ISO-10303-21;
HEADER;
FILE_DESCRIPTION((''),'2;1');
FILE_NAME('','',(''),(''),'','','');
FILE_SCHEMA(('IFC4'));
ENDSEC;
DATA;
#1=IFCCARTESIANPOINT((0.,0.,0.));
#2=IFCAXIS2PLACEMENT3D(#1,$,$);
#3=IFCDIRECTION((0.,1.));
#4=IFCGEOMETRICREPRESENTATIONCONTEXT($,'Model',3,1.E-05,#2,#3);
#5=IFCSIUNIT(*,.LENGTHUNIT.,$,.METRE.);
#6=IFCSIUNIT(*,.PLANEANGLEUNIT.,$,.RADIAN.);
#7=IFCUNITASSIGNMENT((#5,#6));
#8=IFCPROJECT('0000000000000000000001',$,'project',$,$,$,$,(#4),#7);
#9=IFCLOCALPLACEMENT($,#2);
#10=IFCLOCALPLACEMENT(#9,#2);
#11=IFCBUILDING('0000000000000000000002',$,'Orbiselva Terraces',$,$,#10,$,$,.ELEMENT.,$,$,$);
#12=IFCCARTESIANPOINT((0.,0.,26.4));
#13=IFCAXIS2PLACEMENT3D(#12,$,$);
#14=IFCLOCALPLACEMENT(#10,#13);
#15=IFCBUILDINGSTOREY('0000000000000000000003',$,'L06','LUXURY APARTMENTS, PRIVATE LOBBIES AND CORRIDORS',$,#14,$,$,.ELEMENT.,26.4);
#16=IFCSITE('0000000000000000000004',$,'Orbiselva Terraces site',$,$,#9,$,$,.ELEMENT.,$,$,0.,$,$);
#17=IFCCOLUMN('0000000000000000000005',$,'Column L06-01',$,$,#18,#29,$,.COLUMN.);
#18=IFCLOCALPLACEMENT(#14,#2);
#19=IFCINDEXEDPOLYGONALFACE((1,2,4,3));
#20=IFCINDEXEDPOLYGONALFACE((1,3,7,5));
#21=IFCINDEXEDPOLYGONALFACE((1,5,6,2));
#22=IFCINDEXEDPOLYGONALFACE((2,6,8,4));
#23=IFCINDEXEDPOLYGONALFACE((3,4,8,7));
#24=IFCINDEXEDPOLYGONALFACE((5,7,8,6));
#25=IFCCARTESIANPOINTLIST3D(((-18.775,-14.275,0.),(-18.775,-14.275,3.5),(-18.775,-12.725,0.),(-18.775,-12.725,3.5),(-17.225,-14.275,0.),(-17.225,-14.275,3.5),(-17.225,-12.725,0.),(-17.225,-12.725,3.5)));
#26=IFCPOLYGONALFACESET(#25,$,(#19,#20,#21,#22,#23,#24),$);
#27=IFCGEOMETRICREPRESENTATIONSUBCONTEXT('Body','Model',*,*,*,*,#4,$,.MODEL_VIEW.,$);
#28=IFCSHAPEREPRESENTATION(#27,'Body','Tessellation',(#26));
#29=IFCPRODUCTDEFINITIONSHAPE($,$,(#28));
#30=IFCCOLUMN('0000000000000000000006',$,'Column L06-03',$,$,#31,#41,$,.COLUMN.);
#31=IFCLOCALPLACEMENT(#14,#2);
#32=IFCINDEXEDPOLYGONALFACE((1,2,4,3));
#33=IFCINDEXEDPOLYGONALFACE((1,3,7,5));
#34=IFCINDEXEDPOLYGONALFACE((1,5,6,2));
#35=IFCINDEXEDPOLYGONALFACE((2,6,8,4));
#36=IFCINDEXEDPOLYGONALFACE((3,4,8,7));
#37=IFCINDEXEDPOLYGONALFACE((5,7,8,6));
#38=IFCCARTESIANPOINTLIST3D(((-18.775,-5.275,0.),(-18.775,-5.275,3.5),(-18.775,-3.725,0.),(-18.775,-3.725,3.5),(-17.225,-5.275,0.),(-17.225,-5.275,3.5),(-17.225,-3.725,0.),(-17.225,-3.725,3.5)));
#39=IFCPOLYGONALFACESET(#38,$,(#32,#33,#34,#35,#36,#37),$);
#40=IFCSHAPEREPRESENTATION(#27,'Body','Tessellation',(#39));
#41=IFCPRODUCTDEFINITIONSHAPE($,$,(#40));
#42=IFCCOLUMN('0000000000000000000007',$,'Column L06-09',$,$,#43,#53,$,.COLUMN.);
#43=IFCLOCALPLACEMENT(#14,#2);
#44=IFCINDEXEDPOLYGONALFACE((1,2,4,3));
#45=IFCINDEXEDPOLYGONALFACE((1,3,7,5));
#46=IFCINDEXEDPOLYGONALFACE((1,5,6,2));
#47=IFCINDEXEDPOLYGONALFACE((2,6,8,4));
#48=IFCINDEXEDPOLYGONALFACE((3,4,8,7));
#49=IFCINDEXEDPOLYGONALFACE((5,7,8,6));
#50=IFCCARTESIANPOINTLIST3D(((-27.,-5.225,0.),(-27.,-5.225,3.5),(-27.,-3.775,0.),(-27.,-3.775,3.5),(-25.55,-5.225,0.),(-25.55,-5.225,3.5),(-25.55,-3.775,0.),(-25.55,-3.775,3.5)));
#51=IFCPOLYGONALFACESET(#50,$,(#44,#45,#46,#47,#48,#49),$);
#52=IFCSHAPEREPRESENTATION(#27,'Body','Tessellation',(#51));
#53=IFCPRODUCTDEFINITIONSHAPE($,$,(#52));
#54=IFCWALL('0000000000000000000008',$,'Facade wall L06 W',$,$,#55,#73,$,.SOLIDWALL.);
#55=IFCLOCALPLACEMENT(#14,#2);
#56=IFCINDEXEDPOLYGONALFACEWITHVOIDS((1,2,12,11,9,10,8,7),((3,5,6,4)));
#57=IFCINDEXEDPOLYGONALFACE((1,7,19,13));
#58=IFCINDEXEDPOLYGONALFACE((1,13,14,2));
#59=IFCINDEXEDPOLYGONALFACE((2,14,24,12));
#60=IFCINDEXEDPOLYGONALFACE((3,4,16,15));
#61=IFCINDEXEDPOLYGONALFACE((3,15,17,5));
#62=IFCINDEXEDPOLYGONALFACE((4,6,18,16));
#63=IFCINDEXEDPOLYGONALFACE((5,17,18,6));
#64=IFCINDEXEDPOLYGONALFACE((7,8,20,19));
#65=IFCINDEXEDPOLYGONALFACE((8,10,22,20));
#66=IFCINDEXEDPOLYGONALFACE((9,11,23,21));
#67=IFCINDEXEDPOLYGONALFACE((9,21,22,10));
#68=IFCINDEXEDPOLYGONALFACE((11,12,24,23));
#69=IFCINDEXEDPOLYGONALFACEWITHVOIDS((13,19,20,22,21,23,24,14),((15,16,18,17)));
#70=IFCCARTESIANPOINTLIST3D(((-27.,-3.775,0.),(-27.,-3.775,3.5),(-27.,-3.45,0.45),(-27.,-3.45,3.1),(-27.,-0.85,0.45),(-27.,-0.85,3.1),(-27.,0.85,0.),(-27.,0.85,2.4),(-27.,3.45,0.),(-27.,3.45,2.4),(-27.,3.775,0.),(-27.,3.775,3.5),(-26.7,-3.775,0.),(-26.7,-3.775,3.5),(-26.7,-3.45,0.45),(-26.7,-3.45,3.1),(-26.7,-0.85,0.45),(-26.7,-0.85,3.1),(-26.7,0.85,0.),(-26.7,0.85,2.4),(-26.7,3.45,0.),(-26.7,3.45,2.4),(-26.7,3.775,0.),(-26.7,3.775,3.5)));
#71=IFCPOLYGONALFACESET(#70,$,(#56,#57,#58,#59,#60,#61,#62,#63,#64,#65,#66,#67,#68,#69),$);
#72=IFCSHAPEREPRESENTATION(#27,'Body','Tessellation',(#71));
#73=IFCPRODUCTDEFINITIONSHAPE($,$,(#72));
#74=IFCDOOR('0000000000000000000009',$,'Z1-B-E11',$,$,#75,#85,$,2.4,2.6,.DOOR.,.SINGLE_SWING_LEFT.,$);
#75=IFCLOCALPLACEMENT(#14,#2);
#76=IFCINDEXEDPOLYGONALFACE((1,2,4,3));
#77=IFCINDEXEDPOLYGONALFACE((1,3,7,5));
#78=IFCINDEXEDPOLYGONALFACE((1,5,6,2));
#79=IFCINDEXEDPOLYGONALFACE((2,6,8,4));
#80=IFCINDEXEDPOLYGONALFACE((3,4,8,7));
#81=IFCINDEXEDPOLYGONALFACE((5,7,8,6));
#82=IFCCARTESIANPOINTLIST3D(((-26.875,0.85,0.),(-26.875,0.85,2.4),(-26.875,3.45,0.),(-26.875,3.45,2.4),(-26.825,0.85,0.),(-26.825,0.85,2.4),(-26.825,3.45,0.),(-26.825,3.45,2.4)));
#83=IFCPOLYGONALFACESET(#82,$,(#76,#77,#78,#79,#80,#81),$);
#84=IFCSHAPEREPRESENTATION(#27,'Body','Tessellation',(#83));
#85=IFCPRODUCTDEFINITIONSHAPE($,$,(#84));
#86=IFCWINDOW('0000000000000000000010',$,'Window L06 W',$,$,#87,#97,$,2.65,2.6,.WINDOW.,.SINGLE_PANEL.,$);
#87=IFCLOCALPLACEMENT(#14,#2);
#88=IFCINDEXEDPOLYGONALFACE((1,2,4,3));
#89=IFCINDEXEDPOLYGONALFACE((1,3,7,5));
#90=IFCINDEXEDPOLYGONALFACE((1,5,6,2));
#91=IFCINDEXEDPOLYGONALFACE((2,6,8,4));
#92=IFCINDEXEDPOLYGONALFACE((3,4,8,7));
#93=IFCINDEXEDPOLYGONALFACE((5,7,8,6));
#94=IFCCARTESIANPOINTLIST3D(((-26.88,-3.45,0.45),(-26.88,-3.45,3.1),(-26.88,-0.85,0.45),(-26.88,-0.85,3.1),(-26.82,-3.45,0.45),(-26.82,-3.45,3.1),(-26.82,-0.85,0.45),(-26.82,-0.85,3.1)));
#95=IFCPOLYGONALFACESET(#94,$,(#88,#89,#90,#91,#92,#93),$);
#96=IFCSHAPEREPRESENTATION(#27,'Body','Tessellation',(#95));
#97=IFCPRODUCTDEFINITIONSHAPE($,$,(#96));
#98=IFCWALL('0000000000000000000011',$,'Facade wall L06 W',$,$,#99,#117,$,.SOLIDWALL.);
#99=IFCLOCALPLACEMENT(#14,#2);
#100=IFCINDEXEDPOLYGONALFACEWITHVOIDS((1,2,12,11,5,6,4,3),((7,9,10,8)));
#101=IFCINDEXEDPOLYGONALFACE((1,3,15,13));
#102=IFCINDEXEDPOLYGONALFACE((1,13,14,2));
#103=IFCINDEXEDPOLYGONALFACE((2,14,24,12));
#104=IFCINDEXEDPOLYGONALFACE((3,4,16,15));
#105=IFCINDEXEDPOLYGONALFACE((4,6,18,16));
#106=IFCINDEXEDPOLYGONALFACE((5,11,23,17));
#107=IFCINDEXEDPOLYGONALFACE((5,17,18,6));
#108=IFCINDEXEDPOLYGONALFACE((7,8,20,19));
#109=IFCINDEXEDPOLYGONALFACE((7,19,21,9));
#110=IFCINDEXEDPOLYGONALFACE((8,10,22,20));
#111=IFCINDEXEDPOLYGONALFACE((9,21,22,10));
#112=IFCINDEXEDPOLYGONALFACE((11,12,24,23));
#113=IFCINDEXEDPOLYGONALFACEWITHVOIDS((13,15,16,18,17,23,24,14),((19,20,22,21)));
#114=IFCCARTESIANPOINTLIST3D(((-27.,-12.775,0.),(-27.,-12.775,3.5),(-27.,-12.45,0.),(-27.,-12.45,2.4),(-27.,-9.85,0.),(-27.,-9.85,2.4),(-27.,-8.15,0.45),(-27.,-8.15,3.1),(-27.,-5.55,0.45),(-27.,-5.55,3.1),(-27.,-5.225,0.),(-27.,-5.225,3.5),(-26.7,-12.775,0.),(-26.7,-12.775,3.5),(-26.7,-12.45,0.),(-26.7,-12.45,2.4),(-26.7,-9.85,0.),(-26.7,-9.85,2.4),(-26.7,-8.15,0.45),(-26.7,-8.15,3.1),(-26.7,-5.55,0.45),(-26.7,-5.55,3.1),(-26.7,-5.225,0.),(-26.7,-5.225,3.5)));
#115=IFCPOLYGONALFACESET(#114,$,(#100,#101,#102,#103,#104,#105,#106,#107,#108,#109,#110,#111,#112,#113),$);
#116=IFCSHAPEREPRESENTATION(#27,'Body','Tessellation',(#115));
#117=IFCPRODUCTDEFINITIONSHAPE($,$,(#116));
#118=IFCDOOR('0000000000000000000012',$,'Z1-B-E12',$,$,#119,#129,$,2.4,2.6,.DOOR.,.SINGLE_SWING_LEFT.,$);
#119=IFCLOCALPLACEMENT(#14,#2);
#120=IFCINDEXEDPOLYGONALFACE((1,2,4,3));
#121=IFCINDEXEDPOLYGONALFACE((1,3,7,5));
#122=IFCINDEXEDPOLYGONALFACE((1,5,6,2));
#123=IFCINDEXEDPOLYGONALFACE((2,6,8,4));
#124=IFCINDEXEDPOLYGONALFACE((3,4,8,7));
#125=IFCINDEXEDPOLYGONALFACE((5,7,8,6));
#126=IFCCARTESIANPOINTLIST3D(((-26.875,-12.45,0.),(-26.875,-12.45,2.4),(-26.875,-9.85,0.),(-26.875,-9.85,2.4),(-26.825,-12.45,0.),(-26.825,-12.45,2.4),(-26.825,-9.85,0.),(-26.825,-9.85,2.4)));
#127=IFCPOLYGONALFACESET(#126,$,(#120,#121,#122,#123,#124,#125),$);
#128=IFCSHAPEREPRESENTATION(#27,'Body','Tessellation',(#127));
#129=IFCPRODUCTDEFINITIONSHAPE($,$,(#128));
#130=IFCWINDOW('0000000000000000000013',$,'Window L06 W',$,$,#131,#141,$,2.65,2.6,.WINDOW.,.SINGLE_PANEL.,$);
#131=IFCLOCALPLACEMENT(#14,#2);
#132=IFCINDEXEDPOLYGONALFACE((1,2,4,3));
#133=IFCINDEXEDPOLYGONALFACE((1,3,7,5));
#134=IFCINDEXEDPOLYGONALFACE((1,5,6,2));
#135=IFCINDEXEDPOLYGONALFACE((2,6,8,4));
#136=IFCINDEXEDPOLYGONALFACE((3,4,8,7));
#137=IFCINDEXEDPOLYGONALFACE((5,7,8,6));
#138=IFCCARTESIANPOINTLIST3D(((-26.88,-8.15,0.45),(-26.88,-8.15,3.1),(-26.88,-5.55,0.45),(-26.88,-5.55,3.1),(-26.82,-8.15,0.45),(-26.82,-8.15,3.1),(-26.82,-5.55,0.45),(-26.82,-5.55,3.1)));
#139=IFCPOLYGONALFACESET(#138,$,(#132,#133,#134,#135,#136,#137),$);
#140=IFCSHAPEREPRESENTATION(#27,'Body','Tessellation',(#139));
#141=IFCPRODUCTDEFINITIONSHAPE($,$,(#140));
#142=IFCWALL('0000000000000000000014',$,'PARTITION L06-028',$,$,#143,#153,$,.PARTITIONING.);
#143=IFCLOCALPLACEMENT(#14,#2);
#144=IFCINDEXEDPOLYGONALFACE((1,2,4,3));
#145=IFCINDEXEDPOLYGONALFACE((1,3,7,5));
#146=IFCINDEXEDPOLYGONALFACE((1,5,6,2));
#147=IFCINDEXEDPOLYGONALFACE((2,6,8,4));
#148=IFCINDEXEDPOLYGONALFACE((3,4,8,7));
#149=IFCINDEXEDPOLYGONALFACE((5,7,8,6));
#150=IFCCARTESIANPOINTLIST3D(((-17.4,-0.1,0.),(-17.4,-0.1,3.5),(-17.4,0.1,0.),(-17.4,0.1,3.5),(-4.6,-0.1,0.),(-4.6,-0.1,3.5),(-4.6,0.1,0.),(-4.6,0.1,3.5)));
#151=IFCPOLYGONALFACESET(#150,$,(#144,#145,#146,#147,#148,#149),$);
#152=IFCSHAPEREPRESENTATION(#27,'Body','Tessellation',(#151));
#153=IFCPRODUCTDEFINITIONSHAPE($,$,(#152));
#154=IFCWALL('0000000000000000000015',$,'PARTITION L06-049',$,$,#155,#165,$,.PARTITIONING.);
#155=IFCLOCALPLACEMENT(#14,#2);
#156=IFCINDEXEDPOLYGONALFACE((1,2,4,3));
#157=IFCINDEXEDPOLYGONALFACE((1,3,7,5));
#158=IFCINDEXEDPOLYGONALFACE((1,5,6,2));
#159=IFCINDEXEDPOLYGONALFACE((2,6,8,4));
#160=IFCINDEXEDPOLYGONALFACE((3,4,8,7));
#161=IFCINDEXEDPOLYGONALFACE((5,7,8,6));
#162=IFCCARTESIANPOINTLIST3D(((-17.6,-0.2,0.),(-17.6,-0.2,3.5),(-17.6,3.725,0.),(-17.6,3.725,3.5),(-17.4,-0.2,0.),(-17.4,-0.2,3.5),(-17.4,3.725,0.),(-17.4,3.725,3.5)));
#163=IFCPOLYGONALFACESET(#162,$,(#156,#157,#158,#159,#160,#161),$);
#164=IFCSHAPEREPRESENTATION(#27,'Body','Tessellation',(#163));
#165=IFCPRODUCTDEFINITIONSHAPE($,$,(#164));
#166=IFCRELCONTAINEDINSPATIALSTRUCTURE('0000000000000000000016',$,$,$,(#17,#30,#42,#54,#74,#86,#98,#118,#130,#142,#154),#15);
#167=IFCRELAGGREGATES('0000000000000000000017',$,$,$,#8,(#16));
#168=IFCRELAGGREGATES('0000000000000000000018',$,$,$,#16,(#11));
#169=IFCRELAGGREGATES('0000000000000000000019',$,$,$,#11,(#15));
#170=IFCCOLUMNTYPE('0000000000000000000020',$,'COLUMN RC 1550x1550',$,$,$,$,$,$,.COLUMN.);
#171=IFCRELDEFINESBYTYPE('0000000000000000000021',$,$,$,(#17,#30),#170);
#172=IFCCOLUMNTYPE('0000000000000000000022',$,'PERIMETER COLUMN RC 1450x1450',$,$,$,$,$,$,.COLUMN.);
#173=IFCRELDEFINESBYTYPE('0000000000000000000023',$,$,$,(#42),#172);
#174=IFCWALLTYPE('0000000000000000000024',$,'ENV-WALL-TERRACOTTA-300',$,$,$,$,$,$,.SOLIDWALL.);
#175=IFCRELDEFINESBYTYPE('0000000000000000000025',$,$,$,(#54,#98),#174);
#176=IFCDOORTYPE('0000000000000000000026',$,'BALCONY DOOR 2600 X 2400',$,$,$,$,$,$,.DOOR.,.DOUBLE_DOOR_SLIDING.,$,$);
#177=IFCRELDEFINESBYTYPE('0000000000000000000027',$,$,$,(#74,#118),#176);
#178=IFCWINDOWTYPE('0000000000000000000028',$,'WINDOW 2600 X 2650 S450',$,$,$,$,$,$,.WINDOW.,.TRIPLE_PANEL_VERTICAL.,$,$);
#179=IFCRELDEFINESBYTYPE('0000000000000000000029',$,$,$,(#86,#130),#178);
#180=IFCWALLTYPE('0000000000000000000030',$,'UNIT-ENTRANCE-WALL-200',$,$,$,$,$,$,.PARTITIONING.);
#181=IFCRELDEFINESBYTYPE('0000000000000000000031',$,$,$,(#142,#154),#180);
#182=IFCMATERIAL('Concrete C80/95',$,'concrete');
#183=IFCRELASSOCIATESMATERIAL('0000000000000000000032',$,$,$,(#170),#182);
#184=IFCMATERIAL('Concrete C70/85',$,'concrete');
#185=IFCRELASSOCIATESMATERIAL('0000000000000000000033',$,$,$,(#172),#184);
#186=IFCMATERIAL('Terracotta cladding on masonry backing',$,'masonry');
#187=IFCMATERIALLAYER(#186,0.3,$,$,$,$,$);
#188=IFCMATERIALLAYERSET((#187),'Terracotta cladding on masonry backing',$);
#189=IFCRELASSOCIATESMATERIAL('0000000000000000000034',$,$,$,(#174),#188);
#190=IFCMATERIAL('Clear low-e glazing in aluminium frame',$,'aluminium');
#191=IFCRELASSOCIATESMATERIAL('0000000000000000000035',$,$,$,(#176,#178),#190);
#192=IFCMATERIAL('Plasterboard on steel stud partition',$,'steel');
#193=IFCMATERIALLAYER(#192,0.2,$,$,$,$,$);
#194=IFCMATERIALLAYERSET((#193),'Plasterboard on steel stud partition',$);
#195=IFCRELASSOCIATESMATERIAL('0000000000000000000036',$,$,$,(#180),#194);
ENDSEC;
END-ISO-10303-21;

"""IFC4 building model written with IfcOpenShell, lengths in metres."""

from ifc_helpers import new_model, si_unit, direction, frame, frame_2d, origin, origin_2d, place, context, subcontext, project, spatial, rectangle, extrude, material, layer, layer_set, material_profile, profile_set, type_object, element, fill, save


model = new_model("IFC4")

# Units and contexts
model_context = context("Model", 3, precision=1e-05, world=origin(), true_north=direction((0.0, 1.0)))
body_context = subcontext(model_context, "Body", "Model", "MODEL_VIEW")
ifc_project = project(units=[si_unit("LENGTHUNIT", "METRE"), si_unit("PLANEANGLEUNIT", "RADIAN")], contexts=[model_context])

# Site, building, storey
site_placement = place(None, origin())
site = spatial("IfcSite", under=ifc_project, at=site_placement, Name="Orbiselva Terraces site", CompositionType="ELEMENT", RefElevation=0.0)
building_placement = place(site_placement, origin())
building = spatial("IfcBuilding", under=site, at=building_placement, Name="Orbiselva Terraces", CompositionType="ELEMENT")
storey_placement = place(building_placement, frame((0.0, 0.0, 26.4)))
storey = spatial("IfcBuildingStorey", under=building, at=storey_placement, Name="L06", Description="LUXURY APARTMENTS, PRIVATE LOBBIES AND CORRIDORS", CompositionType="ELEMENT", Elevation=26.4)

# Columns
ifc_material_1 = material(Name="Concrete C80/95", Category="concrete")
ifc_material_profile_1 = material_profile(ifc_material_1, rectangle(XDim=1.55, YDim=1.55, at=origin_2d()), Name="RC 1550x1550")
ifc_profile_set_1 = profile_set([ifc_material_profile_1], Name="Concrete C80/95")
column_type_1 = type_object("IfcColumnType", Name="COLUMN RC 1550x1550", PredefinedType="COLUMN", material=ifc_profile_set_1)
for number, where, z_axis, x_axis, name in (
    (1, (-18.0, -13.5, 0.0), (0.0, 0.0, 1.0), (1.0, 0.0, 0.0), "Column L06-01"),
    (2, (-18.0, -4.5, 0.0), (0.0, 0.0, 1.0), (1.0, 0.0, 0.0), "Column L06-03"),
):
    element("IfcColumn", number, at=place(storey_placement, frame(where, z_axis=z_axis, x_axis=x_axis)), inside=storey, type_object=column_type_1, Name=name, PredefinedType="COLUMN", context=body_context, shape_type="SweptSolid", body=[
        extrude(rectangle(XDim=1.55, YDim=1.55, at=origin_2d()), origin(), (0.0, 0.0, 1.0), 3.5),
    ])
ifc_material_2 = material(Name="Concrete C70/85", Category="concrete")
ifc_material_profile_2 = material_profile(ifc_material_2, rectangle(XDim=1.45, YDim=1.45, at=origin_2d()), Name="RC 1450x1450")
ifc_profile_set_2 = profile_set([ifc_material_profile_2], Name="Concrete C70/85")
column_type_2 = type_object("IfcColumnType", Name="PERIMETER COLUMN RC 1450x1450", PredefinedType="COLUMN", material=ifc_profile_set_2)
column_placement = place(storey_placement, frame((-26.275, -4.5, 0.0), z_axis=(0.0, 0.0, 1.0), x_axis=(1.0, 0.0, 0.0)))
element("IfcColumn", 3, at=column_placement, inside=storey, type_object=column_type_2, Name="Column L06-09", PredefinedType="COLUMN", context=body_context, shape_type="SweptSolid", body=[
    extrude(rectangle(XDim=1.45, YDim=1.45, at=origin_2d()), origin(), (0.0, 0.0, 1.0), 3.5),
])

# Walls, openings, doors, windows
ifc_material_3 = material(Name="Terracotta cladding on masonry backing", Category="masonry")
ifc_layer_1 = layer(ifc_material_3, 0.3)
ifc_layer_set_1 = layer_set([ifc_layer_1], Name="Terracotta cladding on masonry backing")
wall_type_1 = type_object("IfcWallType", Name="ENV-WALL-TERRACOTTA-300", PredefinedType="SOLIDWALL", material=ifc_layer_set_1)
wall_1_placement = place(storey_placement, frame((-26.85, -3.775, 0.0), z_axis=(0.0, 0.0, 1.0), x_axis=(0.0, 1.0, 0.0)))
wall_1 = element("IfcWall", 4, at=wall_1_placement, inside=storey, type_object=wall_type_1, Name="Facade wall L06 W", PredefinedType="SOLIDWALL", context=body_context, shape_type="SweptSolid", body=[
    extrude(rectangle(XDim=7.55, YDim=0.3, at=frame_2d((3.775, 0.0))), origin(), (0.0, 0.0, 1.0), 3.5),
])
opening_1_placement = place(wall_1_placement, frame((4.625, 0.0, 0.0)))
opening_1 = element("IfcOpeningElement", 5, at=opening_1_placement, cuts=wall_1, PredefinedType="OPENING", context=body_context, shape_type="SweptSolid", body=[
    extrude(rectangle(XDim=2.6, YDim=2.4, at=frame_2d((1.3, 1.2))), frame((0.0, 0.16, 0.0), z_axis=(0.0, -1.0, 0.0), x_axis=(1.0, 0.0, 0.0)), (0.0, 0.0, 1.0), 0.32),
])
opening_2_placement = place(wall_1_placement, frame((0.325, 0.0, 0.45)))
opening_2 = element("IfcOpeningElement", 6, at=opening_2_placement, cuts=wall_1, PredefinedType="OPENING", context=body_context, shape_type="SweptSolid", body=[
    extrude(rectangle(XDim=2.6, YDim=2.65, at=frame_2d((1.3, 1.325))), frame((0.0, 0.16, 0.0), z_axis=(0.0, -1.0, 0.0), x_axis=(1.0, 0.0, 0.0)), (0.0, 0.0, 1.0), 0.32),
])
ifc_material_4 = material(Name="Clear low-e glazing in aluminium frame", Category="aluminium")
door_type_1 = type_object("IfcDoorType", Name="BALCONY DOOR 2600 X 2400", OperationType="DOUBLE_DOOR_SLIDING", PredefinedType="DOOR", material=ifc_material_4)
door_1_placement = place(opening_1_placement, origin())
door_1 = element("IfcDoor", 7, at=door_1_placement, inside=storey, type_object=door_type_1, Name="Z1-B-E11", OperationType="SINGLE_SWING_LEFT", OverallHeight=2.4, OverallWidth=2.6, PredefinedType="DOOR", context=body_context, shape_type="SweptSolid", body=[
    extrude(rectangle(XDim=2.6, YDim=2.4, at=frame_2d((1.3, 1.2))), frame((0.0, 0.025, 0.0), z_axis=(0.0, -1.0, 0.0), x_axis=(1.0, 0.0, 0.0)), (0.0, 0.0, 1.0), 0.05),
])
fill(opening_1, door_1)
window_type = type_object("IfcWindowType", Name="WINDOW 2600 X 2650 S450", PartitioningType="TRIPLE_PANEL_VERTICAL", PredefinedType="WINDOW", material=ifc_material_4)
window_1_placement = place(opening_2_placement, origin())
window_1 = element("IfcWindow", 8, at=window_1_placement, inside=storey, type_object=window_type, Name="Window L06 W", OverallHeight=2.65, OverallWidth=2.6, PartitioningType="SINGLE_PANEL", PredefinedType="WINDOW", context=body_context, shape_type="SweptSolid", body=[
    extrude(rectangle(XDim=2.6, YDim=2.65, at=frame_2d((1.3, 1.325))), frame((0.0, 0.03, 0.0), z_axis=(0.0, -1.0, 0.0), x_axis=(1.0, 0.0, 0.0)), (0.0, 0.0, 1.0), 0.06),
])
fill(opening_2, window_1)
wall_2_placement = place(storey_placement, frame((-26.85, -12.775, 0.0), z_axis=(0.0, 0.0, 1.0), x_axis=(0.0, 1.0, 0.0)))
wall_2 = element("IfcWall", 9, at=wall_2_placement, inside=storey, type_object=wall_type_1, Name="Facade wall L06 W", PredefinedType="SOLIDWALL", context=body_context, shape_type="SweptSolid", body=[
    extrude(rectangle(XDim=7.55, YDim=0.3, at=frame_2d((3.775, 0.0))), origin(), (0.0, 0.0, 1.0), 3.5),
])
opening_3_placement = place(wall_2_placement, frame((4.625, 0.0, 0.45)))
opening_3 = element("IfcOpeningElement", 10, at=opening_3_placement, cuts=wall_2, PredefinedType="OPENING", context=body_context, shape_type="SweptSolid", body=[
    extrude(rectangle(XDim=2.6, YDim=2.65, at=frame_2d((1.3, 1.325))), frame((0.0, 0.16, 0.0), z_axis=(0.0, -1.0, 0.0), x_axis=(1.0, 0.0, 0.0)), (0.0, 0.0, 1.0), 0.32),
])
opening_4_placement = place(wall_2_placement, frame((0.325, 0.0, 0.0)))
opening_4 = element("IfcOpeningElement", 11, at=opening_4_placement, cuts=wall_2, PredefinedType="OPENING", context=body_context, shape_type="SweptSolid", body=[
    extrude(rectangle(XDim=2.6, YDim=2.4, at=frame_2d((1.3, 1.2))), frame((0.0, 0.16, 0.0), z_axis=(0.0, -1.0, 0.0), x_axis=(1.0, 0.0, 0.0)), (0.0, 0.0, 1.0), 0.32),
])
door_2_placement = place(opening_4_placement, origin())
door_2 = element("IfcDoor", 12, at=door_2_placement, inside=storey, type_object=door_type_1, Name="Z1-B-E12", OperationType="SINGLE_SWING_LEFT", OverallHeight=2.4, OverallWidth=2.6, PredefinedType="DOOR", context=body_context, shape_type="SweptSolid", body=[
    extrude(rectangle(XDim=2.6, YDim=2.4, at=frame_2d((1.3, 1.2))), frame((0.0, 0.025, 0.0), z_axis=(0.0, -1.0, 0.0), x_axis=(1.0, 0.0, 0.0)), (0.0, 0.0, 1.0), 0.05),
])
fill(opening_4, door_2)
window_2_placement = place(opening_3_placement, origin())
window_2 = element("IfcWindow", 13, at=window_2_placement, inside=storey, type_object=window_type, Name="Window L06 W", OverallHeight=2.65, OverallWidth=2.6, PartitioningType="SINGLE_PANEL", PredefinedType="WINDOW", context=body_context, shape_type="SweptSolid", body=[
    extrude(rectangle(XDim=2.6, YDim=2.65, at=frame_2d((1.3, 1.325))), frame((0.0, 0.03, 0.0), z_axis=(0.0, -1.0, 0.0), x_axis=(1.0, 0.0, 0.0)), (0.0, 0.0, 1.0), 0.06),
])
fill(opening_3, window_2)

# Walls
ifc_material_5 = material(Name="Plasterboard on steel stud partition", Category="steel")
ifc_layer_2 = layer(ifc_material_5, 0.2)
ifc_layer_set_2 = layer_set([ifc_layer_2], Name="Plasterboard on steel stud partition")
wall_type_2 = type_object("IfcWallType", Name="UNIT-ENTRANCE-WALL-200", PredefinedType="PARTITIONING", material=ifc_layer_set_2)
wall_3_placement = place(storey_placement, frame((-17.4, 0.0, 0.0), z_axis=(0.0, 0.0, 1.0), x_axis=(1.0, 0.0, 0.0)))
element("IfcWall", 14, at=wall_3_placement, inside=storey, type_object=wall_type_2, Name="PARTITION L06-028", PredefinedType="PARTITIONING", context=body_context, shape_type="SweptSolid", body=[
    extrude(rectangle(XDim=12.8, YDim=0.2, at=frame_2d((6.4, 0.0))), origin(), (0.0, 0.0, 1.0), 3.5),
])
wall_4_placement = place(storey_placement, frame((-17.5, -0.2, 0.0), z_axis=(0.0, 0.0, 1.0), x_axis=(0.0, 1.0, 0.0)))
element("IfcWall", 15, at=wall_4_placement, inside=storey, type_object=wall_type_2, Name="PARTITION L06-049", PredefinedType="PARTITIONING", context=body_context, shape_type="SweptSolid", body=[
    extrude(rectangle(XDim=3.925, YDim=0.2, at=frame_2d((1.9625, 0.0))), origin(), (0.0, 0.0, 1.0), 3.5),
])

save(model, "model.ifc")
